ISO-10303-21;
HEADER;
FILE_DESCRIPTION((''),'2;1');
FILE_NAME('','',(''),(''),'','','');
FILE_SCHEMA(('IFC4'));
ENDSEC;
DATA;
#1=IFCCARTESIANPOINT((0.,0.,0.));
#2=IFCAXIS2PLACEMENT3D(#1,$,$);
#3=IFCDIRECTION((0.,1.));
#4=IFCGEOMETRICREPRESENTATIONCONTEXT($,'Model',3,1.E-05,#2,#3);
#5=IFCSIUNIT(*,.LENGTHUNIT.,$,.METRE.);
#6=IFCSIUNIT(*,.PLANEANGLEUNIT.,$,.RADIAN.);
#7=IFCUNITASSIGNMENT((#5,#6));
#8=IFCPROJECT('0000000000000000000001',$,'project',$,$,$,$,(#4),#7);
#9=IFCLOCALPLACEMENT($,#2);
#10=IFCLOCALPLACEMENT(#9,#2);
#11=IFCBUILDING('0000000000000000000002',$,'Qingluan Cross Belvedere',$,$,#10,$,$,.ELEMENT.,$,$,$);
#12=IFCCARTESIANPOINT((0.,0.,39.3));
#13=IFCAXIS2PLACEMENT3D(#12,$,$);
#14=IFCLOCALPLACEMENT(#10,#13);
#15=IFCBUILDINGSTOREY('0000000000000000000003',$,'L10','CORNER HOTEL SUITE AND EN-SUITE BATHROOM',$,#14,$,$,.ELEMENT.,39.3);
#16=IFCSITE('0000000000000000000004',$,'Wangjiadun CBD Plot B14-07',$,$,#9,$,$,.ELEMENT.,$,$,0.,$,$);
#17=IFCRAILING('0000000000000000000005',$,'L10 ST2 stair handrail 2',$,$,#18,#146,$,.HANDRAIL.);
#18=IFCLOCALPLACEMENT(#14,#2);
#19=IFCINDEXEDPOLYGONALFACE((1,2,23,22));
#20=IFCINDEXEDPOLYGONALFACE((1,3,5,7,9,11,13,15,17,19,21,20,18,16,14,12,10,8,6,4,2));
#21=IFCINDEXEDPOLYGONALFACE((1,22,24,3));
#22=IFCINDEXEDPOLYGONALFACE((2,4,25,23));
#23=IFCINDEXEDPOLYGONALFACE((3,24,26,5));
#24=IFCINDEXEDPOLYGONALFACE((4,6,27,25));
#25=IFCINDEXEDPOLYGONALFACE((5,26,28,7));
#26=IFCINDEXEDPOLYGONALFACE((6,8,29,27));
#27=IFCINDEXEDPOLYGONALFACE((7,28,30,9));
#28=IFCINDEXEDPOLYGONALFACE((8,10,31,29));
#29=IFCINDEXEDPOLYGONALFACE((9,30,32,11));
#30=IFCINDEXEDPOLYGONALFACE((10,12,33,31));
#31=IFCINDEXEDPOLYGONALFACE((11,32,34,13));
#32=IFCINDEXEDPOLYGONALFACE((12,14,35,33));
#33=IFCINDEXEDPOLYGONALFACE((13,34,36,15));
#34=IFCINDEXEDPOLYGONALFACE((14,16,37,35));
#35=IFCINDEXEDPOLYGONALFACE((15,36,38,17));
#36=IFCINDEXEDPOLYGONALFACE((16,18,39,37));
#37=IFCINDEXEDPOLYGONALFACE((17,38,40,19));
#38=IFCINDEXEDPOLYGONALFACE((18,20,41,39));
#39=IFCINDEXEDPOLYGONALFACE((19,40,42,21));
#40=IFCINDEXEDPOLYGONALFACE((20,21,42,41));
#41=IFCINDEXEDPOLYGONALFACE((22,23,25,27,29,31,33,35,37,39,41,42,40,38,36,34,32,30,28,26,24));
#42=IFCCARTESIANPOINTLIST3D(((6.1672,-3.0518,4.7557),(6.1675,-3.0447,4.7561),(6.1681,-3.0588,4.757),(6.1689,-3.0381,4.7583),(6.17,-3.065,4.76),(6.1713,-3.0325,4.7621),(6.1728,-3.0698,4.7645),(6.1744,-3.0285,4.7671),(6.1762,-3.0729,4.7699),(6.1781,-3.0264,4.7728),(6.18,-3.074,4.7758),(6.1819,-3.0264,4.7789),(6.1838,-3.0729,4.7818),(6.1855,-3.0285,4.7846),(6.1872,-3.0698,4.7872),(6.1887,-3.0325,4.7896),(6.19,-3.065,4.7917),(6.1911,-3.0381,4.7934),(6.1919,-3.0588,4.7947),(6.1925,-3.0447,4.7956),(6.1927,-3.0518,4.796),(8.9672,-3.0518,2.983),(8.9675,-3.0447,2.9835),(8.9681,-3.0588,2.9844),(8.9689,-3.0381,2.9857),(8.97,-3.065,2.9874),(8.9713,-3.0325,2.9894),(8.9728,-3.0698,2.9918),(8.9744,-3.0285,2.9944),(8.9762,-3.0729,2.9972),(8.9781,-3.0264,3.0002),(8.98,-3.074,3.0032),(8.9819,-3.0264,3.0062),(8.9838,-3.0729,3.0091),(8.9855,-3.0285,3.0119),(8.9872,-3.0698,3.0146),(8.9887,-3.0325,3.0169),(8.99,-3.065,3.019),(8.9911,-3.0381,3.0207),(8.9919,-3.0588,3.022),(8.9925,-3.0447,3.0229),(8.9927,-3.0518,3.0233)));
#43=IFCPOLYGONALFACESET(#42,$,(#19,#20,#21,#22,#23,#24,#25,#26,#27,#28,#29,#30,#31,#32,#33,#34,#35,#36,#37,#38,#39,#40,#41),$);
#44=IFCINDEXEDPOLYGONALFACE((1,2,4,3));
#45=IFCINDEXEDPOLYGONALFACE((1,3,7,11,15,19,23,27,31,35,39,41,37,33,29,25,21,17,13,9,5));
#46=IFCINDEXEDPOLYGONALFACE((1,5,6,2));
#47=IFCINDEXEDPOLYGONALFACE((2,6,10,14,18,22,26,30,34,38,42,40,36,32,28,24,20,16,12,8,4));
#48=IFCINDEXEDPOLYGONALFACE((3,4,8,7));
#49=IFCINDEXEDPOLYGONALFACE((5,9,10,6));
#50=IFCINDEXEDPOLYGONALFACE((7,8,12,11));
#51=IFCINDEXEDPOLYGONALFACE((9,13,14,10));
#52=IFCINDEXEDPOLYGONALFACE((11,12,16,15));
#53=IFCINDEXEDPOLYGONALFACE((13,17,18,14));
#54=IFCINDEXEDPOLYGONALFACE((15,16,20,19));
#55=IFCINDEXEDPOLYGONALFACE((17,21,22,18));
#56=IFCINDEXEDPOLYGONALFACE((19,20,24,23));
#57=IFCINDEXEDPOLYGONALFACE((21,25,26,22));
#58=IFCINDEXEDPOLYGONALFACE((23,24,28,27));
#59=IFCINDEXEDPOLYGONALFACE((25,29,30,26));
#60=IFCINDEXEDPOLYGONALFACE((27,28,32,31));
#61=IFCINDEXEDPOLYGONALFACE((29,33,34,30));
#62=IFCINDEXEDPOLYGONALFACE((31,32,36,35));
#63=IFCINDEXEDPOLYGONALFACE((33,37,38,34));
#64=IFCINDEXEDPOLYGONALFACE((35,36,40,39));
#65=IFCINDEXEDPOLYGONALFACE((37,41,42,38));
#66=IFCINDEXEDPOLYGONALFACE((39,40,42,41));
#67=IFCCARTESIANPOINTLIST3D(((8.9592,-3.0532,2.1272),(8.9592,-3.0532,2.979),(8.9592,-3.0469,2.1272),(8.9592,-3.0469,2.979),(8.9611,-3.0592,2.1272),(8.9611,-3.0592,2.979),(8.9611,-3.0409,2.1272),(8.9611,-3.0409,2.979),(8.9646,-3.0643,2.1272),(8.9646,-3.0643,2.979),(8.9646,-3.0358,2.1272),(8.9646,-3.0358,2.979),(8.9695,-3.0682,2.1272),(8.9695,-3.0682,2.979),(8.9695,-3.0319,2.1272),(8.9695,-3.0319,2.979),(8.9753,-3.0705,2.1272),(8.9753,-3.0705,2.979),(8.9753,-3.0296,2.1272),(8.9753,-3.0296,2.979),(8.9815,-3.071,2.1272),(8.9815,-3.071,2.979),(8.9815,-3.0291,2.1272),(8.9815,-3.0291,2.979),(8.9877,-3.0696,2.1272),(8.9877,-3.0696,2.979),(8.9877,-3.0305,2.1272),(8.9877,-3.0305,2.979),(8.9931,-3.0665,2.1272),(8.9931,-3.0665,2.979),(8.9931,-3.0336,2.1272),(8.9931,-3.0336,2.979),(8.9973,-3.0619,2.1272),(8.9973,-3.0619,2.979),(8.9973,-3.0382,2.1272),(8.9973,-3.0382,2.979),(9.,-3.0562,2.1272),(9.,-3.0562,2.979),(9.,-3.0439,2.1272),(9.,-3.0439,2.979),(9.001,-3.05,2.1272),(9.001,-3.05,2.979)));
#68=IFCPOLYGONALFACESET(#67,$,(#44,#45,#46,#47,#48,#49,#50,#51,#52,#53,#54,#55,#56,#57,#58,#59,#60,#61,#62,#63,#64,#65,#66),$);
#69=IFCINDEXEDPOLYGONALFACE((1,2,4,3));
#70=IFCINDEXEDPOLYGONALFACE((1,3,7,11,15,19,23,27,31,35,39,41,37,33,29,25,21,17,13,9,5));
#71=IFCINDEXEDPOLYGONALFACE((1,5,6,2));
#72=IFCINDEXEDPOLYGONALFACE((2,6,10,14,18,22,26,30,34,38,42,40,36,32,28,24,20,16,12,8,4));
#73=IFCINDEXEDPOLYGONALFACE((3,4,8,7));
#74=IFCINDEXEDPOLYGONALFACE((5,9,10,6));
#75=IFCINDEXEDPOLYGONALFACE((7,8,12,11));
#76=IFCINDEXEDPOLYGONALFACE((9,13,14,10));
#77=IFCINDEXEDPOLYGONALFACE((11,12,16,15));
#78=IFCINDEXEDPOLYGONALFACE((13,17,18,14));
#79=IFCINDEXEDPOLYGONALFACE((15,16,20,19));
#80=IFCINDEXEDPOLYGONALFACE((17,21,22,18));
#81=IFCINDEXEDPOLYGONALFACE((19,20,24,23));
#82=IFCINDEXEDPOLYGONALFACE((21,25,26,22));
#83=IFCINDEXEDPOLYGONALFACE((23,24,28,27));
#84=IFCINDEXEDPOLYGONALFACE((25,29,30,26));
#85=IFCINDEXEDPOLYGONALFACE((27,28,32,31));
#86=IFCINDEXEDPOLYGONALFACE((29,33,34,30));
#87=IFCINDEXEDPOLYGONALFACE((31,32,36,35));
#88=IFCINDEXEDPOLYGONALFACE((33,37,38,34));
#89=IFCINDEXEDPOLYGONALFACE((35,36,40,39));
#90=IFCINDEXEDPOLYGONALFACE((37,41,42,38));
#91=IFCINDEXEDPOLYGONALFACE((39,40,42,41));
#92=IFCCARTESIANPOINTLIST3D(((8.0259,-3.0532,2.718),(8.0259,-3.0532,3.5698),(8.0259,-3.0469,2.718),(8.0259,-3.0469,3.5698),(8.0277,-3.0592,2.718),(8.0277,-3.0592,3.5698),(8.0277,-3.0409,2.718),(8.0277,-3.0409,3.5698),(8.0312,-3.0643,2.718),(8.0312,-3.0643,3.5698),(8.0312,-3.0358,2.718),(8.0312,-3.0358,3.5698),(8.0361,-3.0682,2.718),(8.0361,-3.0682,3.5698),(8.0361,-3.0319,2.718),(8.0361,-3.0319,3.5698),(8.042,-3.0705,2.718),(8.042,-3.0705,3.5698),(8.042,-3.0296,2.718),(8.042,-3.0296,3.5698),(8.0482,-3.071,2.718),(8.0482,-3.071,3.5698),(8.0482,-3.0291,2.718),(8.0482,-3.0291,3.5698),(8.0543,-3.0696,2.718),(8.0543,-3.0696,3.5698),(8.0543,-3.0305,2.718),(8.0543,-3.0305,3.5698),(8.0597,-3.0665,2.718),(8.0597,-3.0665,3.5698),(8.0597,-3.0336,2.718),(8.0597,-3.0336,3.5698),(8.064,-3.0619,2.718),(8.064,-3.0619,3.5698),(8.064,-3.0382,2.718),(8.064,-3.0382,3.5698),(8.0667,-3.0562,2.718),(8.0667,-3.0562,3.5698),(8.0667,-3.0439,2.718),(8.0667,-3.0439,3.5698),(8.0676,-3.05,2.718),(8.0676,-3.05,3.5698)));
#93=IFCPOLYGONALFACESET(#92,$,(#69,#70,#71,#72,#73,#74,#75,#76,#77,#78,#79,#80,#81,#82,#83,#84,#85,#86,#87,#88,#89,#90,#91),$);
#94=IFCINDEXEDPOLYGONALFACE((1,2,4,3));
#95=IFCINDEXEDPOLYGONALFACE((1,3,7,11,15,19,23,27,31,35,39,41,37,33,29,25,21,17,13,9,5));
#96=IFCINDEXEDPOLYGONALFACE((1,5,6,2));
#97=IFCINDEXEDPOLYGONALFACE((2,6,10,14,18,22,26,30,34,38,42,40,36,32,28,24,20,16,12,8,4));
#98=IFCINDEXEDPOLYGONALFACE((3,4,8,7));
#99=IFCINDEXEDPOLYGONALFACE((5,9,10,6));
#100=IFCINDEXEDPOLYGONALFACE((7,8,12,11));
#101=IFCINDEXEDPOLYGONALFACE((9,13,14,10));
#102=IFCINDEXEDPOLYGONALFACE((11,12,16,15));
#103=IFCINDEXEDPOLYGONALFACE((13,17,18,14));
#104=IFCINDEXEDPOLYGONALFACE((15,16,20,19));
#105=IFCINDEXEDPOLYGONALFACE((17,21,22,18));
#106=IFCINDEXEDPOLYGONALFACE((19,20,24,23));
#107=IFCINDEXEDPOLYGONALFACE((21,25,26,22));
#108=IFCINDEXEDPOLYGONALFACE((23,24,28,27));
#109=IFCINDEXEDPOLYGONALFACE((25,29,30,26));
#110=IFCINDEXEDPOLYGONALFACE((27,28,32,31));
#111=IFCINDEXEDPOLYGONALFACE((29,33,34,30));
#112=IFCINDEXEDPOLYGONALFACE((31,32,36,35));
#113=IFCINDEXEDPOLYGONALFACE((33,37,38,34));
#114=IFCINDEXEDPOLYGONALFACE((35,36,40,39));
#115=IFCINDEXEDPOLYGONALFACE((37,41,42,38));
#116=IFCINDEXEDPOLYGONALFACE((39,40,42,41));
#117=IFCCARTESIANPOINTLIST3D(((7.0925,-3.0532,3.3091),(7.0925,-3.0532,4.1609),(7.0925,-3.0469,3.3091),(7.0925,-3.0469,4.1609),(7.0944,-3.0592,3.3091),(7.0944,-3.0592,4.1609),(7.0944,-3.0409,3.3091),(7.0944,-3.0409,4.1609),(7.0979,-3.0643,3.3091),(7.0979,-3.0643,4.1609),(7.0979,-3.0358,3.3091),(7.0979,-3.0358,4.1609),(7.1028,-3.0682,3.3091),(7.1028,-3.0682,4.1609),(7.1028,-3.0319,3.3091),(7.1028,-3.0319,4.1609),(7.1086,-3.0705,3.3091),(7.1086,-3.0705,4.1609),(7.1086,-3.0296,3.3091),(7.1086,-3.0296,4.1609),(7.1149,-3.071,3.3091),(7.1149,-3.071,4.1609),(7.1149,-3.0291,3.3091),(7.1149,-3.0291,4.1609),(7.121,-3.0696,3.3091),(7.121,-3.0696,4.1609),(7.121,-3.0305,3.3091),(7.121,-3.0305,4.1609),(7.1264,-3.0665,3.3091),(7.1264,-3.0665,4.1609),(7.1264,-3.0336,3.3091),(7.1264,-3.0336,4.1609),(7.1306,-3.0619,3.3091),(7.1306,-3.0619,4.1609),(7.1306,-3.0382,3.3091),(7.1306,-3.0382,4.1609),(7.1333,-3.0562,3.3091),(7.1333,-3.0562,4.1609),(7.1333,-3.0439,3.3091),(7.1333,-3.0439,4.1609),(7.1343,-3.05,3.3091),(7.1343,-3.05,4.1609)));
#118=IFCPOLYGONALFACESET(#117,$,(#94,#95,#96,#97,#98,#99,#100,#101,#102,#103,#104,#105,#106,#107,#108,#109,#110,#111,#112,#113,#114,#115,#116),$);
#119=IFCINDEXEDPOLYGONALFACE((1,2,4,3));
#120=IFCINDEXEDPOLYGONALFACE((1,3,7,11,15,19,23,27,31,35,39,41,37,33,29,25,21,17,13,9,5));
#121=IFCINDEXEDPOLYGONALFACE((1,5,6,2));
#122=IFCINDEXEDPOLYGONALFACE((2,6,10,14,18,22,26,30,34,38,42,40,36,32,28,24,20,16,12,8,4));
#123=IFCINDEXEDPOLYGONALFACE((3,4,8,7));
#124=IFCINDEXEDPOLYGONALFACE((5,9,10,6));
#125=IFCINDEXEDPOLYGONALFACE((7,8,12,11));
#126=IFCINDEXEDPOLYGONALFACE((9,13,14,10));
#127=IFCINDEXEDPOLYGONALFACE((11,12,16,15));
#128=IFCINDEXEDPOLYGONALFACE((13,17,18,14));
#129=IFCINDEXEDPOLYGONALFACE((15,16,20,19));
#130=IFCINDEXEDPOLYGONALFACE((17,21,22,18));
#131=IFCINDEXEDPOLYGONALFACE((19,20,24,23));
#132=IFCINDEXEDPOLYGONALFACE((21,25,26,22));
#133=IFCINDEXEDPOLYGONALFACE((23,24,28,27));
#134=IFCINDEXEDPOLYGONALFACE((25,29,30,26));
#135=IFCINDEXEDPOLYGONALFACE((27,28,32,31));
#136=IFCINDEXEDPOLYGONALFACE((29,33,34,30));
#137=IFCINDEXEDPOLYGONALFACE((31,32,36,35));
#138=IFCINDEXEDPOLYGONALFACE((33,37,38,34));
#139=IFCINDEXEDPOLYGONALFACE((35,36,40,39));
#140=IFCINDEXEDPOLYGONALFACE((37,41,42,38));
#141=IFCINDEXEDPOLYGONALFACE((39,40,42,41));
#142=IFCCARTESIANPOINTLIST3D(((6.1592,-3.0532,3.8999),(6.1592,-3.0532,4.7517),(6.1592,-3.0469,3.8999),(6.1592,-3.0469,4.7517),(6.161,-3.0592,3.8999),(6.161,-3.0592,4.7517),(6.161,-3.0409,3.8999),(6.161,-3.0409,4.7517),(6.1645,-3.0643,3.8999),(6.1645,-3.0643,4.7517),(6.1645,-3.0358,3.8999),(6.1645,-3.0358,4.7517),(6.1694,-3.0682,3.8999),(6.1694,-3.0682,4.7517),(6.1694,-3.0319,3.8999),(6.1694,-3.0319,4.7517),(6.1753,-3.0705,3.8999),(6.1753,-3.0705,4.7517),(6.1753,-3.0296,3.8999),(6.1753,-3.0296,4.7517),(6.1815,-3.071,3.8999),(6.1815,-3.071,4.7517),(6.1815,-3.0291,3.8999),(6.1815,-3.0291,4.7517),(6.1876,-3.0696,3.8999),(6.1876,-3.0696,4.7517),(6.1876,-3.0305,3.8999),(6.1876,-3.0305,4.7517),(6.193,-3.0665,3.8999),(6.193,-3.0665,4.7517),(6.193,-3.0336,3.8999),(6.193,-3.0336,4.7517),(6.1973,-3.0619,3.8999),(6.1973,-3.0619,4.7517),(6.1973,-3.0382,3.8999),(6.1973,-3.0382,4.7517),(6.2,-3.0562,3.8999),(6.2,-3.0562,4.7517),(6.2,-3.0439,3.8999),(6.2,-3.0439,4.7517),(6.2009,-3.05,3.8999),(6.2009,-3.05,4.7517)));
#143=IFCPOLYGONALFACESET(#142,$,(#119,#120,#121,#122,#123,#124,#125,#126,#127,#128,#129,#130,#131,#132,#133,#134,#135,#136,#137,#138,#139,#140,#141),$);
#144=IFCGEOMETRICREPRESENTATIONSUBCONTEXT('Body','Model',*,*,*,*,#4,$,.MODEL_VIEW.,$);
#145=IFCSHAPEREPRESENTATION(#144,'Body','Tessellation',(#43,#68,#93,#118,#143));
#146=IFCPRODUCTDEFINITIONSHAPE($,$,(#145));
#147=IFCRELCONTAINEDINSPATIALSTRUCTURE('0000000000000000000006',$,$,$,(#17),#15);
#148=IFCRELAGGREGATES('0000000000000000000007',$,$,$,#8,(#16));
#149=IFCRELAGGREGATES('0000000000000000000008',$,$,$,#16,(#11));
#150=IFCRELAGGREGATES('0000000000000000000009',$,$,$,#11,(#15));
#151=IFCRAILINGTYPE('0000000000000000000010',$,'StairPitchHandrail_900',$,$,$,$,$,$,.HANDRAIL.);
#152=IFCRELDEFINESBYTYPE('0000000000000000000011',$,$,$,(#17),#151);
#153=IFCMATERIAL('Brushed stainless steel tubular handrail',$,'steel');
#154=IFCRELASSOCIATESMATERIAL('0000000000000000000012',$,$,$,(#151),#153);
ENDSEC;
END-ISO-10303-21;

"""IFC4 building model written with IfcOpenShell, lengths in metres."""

from ifc_helpers import new_model, si_unit, direction, frame, origin, origin_2d, place, context, subcontext, project, spatial, circle, extrude, material, type_object, element, save


model = new_model("IFC4")

# Units and contexts
model_context = context("Model", 3, precision=1e-05, world=origin(), true_north=direction((0.0, 1.0)))
body_context = subcontext(model_context, "Body", "Model", "MODEL_VIEW")
ifc_project = project(units=[si_unit("LENGTHUNIT", "METRE"), si_unit("PLANEANGLEUNIT", "RADIAN")], contexts=[model_context])

# Site, building, storey
site_placement = place(None, origin())
site = spatial("IfcSite", under=ifc_project, at=site_placement, Name="Wangjiadun CBD Plot B14-07", CompositionType="ELEMENT", RefElevation=0.0)
building_placement = place(site_placement, origin())
building = spatial("IfcBuilding", under=site, at=building_placement, Name="Qingluan Cross Belvedere", CompositionType="ELEMENT")
storey_placement = place(building_placement, frame((0.0, 0.0, 39.3)))
storey = spatial("IfcBuildingStorey", under=building, at=storey_placement, Name="L10", Description="CORNER HOTEL SUITE AND EN-SUITE BATHROOM", CompositionType="ELEMENT", Elevation=39.3)

# Railing
ifc_material_1 = material(Name="Brushed stainless steel tubular handrail", Category="steel")
railing_type_1 = type_object("IfcRailingType", Name="StairPitchHandrail_900", PredefinedType="HANDRAIL", material=ifc_material_1)
for number, where, name in (
    (1, (8.98, -3.05, 2.1272), "L10 ST2 stair handrail 2"),
):
    element("IfcRailing", number, at=place(storey_placement, frame(where)), inside=storey, type_object=railing_type_1, Name=name, PredefinedType="HANDRAIL", context=body_context, shape_type="SweptSolid", body=[
        extrude(circle(Radius=0.0239, at=origin_2d()), frame((0.0, 0.0, 0.876), z_axis=(-0.844909, 0.0, 0.53491), x_axis=(0.0, -1.0, 0.0)), (0.0, 0.0, 1.0), 3.314),
        extrude(circle(Radius=0.021, at=origin_2d()), origin(), (0.0, 0.0, 1.0), 0.8518),
        extrude(circle(Radius=0.021, at=origin_2d()), frame((-0.9333, 0.0, 0.5908)), (0.0, 0.0, 1.0), 0.8518),
        extrude(circle(Radius=0.021, at=origin_2d()), frame((-1.8667, 0.0, 1.1819)), (0.0, 0.0, 1.0), 0.8518),
        extrude(circle(Radius=0.021, at=origin_2d()), frame((-2.8, 0.0, 1.7727)), (0.0, 0.0, 1.0), 0.8518),
    ])

save(model, "model.ifc")
